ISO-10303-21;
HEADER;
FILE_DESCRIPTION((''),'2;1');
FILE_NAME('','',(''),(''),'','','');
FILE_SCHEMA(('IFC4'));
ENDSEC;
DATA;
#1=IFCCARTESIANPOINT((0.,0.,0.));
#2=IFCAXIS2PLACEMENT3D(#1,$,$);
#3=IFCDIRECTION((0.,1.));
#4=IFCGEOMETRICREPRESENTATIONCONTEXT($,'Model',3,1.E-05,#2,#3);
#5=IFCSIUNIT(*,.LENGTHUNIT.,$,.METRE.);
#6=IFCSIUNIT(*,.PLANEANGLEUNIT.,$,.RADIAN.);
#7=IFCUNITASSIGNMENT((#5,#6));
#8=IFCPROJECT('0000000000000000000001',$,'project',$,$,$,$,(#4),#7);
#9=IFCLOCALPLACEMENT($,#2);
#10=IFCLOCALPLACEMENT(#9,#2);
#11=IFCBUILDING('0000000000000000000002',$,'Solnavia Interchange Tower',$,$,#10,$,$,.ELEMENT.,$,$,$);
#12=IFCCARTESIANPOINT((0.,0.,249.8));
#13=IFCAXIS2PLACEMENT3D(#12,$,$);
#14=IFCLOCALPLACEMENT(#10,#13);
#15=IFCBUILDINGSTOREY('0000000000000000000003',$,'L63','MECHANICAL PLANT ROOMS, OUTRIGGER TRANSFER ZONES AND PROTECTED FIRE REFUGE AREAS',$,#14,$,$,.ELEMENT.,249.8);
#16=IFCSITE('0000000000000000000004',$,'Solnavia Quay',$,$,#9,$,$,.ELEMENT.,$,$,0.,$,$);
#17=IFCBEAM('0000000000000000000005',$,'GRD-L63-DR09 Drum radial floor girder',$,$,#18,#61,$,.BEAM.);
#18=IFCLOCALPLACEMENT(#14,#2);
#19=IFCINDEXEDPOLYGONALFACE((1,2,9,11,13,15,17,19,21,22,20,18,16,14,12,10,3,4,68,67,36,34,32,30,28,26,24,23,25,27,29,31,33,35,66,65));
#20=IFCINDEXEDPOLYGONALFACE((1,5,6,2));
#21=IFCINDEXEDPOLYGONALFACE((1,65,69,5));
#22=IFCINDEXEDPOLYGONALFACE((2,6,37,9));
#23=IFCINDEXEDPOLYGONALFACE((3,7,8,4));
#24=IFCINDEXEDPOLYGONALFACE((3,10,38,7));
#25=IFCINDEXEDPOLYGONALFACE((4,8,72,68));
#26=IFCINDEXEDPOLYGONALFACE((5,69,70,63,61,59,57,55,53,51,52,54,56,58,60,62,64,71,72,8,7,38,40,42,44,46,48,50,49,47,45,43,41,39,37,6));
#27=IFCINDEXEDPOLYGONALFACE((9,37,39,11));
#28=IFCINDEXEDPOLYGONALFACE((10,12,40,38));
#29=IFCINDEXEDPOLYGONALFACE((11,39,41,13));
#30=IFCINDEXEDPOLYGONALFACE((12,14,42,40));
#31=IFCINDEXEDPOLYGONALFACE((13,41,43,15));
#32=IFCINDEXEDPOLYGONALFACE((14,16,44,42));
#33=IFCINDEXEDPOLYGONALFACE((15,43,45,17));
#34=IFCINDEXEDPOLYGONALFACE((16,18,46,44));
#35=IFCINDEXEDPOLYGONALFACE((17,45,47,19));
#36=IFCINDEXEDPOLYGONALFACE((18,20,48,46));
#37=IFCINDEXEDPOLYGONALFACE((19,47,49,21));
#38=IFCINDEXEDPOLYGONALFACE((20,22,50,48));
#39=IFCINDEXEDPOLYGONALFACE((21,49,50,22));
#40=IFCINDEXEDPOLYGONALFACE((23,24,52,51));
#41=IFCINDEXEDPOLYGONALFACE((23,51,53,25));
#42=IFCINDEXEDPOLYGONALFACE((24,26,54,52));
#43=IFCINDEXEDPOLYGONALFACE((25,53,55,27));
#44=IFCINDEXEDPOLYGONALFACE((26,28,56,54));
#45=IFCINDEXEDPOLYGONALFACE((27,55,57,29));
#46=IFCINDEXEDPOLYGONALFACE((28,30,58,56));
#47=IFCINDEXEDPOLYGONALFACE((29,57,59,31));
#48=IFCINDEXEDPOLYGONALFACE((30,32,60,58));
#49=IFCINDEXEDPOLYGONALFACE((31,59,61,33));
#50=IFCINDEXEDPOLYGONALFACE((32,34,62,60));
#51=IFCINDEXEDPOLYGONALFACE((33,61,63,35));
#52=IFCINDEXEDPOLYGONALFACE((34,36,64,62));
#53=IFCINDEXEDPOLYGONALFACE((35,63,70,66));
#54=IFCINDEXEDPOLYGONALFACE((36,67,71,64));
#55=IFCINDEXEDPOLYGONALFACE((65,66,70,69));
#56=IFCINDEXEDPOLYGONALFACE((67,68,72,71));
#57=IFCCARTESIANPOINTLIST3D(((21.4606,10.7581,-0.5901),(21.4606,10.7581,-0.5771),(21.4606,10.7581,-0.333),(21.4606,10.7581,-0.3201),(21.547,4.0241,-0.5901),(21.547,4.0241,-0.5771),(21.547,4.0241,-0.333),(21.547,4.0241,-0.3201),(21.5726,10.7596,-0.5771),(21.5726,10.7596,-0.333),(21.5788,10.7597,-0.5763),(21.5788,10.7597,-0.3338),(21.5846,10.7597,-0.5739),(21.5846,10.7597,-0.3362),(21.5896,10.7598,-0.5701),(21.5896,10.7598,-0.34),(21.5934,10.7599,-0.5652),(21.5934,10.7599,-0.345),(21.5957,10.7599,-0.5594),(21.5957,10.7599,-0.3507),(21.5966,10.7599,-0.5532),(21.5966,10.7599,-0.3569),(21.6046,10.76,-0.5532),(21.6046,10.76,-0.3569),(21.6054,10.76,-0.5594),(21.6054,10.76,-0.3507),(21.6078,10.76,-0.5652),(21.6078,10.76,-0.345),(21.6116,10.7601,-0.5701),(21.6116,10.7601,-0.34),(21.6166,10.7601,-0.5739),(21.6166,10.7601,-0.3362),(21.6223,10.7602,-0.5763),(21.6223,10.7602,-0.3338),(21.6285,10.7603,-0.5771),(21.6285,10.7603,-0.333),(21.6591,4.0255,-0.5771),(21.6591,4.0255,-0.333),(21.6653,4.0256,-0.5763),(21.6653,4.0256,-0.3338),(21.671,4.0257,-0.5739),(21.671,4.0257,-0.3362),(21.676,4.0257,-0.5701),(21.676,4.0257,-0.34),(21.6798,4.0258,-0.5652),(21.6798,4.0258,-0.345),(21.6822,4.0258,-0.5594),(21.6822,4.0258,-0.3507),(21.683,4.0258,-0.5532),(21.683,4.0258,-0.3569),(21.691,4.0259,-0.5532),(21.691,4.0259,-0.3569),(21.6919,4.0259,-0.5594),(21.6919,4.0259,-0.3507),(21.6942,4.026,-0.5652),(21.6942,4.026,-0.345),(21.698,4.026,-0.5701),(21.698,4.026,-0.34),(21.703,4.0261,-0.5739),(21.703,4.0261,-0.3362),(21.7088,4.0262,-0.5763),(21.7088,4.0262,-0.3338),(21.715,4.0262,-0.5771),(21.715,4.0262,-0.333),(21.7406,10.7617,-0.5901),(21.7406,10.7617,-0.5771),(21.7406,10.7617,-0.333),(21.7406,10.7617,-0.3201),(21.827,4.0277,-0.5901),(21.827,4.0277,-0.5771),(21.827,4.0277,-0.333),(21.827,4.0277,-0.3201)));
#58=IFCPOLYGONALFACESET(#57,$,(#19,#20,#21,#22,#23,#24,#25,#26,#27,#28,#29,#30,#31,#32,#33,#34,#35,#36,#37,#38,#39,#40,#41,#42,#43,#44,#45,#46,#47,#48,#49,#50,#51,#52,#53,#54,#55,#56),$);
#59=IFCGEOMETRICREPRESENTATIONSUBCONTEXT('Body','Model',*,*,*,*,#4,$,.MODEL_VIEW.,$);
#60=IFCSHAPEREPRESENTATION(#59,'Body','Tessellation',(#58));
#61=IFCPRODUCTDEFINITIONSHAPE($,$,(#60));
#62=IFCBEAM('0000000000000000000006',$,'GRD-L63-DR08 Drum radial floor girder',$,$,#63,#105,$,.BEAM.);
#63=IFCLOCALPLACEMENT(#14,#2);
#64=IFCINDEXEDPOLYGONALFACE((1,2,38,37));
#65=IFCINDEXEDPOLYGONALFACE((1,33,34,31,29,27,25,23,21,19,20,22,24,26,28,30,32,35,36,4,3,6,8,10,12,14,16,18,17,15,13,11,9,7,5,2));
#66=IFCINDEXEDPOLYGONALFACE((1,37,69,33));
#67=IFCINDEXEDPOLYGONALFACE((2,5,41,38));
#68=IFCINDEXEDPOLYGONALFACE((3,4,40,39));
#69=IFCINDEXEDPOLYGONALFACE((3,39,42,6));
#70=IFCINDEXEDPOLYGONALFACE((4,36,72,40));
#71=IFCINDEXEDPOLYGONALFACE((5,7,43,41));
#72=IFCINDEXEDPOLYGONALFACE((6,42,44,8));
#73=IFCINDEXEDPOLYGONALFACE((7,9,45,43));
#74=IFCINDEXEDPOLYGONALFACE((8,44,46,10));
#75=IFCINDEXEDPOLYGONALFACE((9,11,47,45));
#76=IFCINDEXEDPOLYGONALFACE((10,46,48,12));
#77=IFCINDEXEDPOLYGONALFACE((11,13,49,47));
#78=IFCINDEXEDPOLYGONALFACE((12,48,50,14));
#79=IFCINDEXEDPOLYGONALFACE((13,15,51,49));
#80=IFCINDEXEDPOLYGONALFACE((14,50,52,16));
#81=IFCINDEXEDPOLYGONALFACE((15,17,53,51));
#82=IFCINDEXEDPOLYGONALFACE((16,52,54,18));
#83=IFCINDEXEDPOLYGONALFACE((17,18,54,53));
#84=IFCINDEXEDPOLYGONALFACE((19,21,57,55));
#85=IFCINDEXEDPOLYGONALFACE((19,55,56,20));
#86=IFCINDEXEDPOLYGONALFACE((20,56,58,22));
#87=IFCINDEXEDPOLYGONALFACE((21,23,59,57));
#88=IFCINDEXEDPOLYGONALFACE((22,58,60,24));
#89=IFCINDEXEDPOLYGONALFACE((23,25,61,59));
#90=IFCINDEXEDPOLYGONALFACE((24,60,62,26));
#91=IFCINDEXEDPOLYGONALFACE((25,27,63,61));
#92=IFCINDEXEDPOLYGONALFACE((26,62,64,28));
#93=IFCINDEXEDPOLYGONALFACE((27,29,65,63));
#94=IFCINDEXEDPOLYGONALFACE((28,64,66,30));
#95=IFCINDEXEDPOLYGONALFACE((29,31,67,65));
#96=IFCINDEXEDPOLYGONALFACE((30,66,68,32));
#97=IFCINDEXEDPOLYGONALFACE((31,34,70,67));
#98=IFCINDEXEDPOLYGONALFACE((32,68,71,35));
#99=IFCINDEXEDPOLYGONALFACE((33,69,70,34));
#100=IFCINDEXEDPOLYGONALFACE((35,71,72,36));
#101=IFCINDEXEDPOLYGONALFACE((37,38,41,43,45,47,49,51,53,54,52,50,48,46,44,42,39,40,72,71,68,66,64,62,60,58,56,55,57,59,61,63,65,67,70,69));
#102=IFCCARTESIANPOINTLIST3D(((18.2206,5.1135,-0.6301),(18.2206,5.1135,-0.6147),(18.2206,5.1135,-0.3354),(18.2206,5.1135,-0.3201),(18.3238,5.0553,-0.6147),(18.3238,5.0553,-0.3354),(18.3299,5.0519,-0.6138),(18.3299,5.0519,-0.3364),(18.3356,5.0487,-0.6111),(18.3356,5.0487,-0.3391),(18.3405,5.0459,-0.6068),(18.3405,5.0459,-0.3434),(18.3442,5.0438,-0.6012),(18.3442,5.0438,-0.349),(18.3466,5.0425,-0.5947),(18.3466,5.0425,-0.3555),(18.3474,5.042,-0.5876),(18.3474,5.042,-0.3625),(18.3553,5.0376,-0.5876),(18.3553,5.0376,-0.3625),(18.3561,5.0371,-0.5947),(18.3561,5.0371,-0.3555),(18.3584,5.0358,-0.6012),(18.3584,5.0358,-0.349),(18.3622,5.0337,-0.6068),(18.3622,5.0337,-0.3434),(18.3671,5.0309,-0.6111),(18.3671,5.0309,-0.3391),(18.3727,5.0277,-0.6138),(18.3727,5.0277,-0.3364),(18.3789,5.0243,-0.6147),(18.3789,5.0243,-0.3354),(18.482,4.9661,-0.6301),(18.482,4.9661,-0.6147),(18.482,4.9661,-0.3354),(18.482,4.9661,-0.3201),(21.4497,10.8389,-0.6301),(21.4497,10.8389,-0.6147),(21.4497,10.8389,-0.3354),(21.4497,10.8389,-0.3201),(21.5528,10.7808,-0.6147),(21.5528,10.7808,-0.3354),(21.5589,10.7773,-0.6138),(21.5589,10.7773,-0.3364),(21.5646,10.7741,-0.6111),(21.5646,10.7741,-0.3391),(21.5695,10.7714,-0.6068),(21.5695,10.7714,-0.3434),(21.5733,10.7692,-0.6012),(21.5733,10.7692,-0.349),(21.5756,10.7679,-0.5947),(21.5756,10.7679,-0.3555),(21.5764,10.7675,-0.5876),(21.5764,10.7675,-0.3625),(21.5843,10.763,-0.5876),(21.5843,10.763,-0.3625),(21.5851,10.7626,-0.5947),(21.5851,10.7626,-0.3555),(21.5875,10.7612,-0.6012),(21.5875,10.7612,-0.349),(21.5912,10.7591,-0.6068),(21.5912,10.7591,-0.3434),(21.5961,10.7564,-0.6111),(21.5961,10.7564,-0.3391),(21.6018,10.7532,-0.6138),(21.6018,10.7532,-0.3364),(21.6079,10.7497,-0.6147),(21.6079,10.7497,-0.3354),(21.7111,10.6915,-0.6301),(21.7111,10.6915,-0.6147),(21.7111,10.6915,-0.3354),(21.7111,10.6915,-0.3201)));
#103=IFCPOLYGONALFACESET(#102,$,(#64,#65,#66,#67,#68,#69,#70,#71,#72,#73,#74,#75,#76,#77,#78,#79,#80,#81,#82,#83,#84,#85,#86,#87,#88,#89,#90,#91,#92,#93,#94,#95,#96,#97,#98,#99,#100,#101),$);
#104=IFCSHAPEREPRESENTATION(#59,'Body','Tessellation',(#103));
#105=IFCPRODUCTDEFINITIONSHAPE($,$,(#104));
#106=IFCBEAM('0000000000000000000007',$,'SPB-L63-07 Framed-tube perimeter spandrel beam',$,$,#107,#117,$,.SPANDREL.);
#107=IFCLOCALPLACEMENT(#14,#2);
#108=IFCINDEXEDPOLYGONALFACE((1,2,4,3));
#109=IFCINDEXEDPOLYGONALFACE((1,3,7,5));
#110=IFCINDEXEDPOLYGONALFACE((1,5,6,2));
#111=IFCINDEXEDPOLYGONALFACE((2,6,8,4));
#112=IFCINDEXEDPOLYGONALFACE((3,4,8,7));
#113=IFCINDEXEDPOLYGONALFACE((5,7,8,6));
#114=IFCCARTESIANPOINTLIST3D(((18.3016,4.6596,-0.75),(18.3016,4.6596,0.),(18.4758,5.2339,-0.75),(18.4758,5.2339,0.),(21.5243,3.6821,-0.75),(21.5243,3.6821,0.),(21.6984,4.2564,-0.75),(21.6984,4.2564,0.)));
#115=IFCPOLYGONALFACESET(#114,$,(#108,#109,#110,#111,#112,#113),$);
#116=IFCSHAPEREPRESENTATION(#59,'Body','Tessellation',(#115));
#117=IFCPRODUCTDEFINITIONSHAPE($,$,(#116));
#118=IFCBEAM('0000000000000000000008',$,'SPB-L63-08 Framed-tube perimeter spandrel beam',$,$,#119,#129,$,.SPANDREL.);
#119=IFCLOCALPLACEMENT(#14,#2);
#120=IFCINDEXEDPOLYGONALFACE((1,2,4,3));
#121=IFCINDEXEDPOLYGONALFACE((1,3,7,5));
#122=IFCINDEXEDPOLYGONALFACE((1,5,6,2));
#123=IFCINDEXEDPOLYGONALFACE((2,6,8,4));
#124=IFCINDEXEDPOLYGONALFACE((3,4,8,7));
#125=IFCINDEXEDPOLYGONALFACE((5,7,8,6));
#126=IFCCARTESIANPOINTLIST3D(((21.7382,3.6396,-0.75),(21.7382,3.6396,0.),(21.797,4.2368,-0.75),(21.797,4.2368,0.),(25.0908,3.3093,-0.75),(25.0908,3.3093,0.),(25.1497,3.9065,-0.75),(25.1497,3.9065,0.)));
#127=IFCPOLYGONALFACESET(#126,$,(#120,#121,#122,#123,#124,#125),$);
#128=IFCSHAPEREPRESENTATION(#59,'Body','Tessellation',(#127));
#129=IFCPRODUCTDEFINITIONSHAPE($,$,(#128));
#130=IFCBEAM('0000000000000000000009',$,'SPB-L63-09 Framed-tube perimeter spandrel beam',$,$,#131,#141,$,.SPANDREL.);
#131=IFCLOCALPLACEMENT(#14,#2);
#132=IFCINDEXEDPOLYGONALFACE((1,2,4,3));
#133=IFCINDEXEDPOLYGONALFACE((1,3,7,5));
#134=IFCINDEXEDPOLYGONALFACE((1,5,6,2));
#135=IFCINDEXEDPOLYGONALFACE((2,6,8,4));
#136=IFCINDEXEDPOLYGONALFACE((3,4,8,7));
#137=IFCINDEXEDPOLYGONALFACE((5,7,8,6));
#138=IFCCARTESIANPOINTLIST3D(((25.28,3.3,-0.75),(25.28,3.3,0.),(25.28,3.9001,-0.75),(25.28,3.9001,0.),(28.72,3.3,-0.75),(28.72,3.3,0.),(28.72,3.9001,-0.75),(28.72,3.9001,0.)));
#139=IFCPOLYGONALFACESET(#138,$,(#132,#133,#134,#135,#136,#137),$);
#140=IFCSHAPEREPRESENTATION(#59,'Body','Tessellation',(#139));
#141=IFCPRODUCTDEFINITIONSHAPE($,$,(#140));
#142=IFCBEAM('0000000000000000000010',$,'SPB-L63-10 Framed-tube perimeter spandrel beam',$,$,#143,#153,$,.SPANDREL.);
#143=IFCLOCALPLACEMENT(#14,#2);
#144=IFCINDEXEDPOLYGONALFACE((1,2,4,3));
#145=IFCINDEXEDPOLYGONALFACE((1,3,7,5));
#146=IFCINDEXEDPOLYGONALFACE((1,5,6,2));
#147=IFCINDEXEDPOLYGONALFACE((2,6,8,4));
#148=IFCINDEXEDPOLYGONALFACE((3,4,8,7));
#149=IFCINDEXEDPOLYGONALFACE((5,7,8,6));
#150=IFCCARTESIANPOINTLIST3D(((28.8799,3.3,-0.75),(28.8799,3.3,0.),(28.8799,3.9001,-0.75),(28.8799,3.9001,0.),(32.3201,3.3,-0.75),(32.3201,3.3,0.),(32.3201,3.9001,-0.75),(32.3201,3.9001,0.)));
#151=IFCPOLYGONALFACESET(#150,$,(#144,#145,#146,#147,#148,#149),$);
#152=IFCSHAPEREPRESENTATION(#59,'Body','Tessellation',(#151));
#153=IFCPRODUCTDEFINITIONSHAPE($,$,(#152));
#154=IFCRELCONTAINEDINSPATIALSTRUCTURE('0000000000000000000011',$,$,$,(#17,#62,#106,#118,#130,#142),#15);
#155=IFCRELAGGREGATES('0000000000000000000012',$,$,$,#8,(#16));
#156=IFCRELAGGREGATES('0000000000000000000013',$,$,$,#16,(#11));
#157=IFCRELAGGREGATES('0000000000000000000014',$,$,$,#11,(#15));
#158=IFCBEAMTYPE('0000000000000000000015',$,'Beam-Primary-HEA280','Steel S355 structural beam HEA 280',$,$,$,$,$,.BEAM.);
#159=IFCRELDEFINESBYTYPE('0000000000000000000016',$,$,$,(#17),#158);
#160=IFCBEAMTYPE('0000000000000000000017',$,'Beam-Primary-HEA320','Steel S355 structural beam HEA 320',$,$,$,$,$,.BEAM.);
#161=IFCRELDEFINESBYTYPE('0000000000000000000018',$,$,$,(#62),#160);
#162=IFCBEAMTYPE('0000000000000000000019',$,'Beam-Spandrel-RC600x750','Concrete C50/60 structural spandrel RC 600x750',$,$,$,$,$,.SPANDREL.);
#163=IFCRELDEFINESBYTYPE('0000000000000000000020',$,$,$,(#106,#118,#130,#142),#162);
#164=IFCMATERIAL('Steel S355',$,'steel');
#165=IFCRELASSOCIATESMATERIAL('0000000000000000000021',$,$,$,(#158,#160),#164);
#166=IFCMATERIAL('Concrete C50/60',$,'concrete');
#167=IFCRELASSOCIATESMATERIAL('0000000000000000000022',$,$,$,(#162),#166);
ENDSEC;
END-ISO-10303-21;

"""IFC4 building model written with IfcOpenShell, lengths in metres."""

from ifc_helpers import new_model, si_unit, direction, frame, origin, origin_2d, place, context, subcontext, project, spatial, rectangle, i_section, extrude, material, material_profile, profile_set, type_object, element, save


model = new_model("IFC4")

# Units and contexts
model_context = context("Model", 3, precision=1e-05, world=origin(), true_north=direction((0.0, 1.0)))
body_context = subcontext(model_context, "Body", "Model", "MODEL_VIEW")
ifc_project = project(units=[si_unit("LENGTHUNIT", "METRE"), si_unit("PLANEANGLEUNIT", "RADIAN")], contexts=[model_context])

# Site, building, storey
site_placement = place(None, origin())
site = spatial("IfcSite", under=ifc_project, at=site_placement, Name="Solnavia Quay", CompositionType="ELEMENT", RefElevation=0.0)
building_placement = place(site_placement, origin())
building = spatial("IfcBuilding", under=site, at=building_placement, Name="Solnavia Interchange Tower", CompositionType="ELEMENT")
storey_placement = place(building_placement, frame((0.0, 0.0, 249.8)))
storey = spatial("IfcBuildingStorey", under=building, at=storey_placement, Name="L63", Description="MECHANICAL PLANT ROOMS, OUTRIGGER TRANSFER ZONES AND PROTECTED FIRE REFUGE AREAS", CompositionType="ELEMENT", Elevation=249.8)

# Shared definitions
ifc_material_1 = material(Name="Concrete C50/60", Category="concrete")

# Beams
ifc_material_2 = material(Name="Steel S355", Category="steel")
ifc_material_profile_1 = material_profile(ifc_material_2, i_section(OverallWidth=0.28, OverallDepth=0.27, WebThickness=0.0081, FlangeThickness=0.0129, FilletRadius=0.0239, at=origin_2d()), Name="HEA 280")
ifc_profile_set_1 = profile_set([ifc_material_profile_1], Name="Steel S355")
beam_type_1 = type_object("IfcBeamType", Name="Beam-Primary-HEA280", Description="Steel S355 structural beam HEA 280", PredefinedType="BEAM", material=ifc_profile_set_1)
beam_1_placement = place(storey_placement, frame((21.687, 4.0259, -0.4551), z_axis=(-0.012833, 0.999918, 0.0), x_axis=(-0.999918, -0.012833, 0.0)))
element("IfcBeam", 1, at=beam_1_placement, inside=storey, type_object=beam_type_1, Name="GRD-L63-DR09 Drum radial floor girder", PredefinedType="BEAM", context=body_context, shape_type="SweptSolid", body=[
    extrude(i_section(OverallWidth=0.28, OverallDepth=0.27, WebThickness=0.0081, FlangeThickness=0.0129, FilletRadius=0.0239, at=origin_2d()), origin(), (0.0, 0.0, 1.0), 6.7346),
])
ifc_material_profile_2 = material_profile(ifc_material_2, i_section(OverallWidth=0.3, OverallDepth=0.3101, WebThickness=0.009, FlangeThickness=0.0154, FilletRadius=0.0271, at=origin_2d()), Name="HEA 320")
ifc_profile_set_2 = profile_set([ifc_material_profile_2], Name="Steel S355")
beam_type_2 = type_object("IfcBeamType", Name="Beam-Primary-HEA320", Description="Steel S355 structural beam HEA 320", PredefinedType="BEAM", material=ifc_profile_set_2)
beam_2_placement = place(storey_placement, frame((18.3513, 5.0398, -0.4751), z_axis=(0.491243, 0.871022, 0.0), x_axis=(-0.871022, 0.491243, 0.0)))
element("IfcBeam", 2, at=beam_2_placement, inside=storey, type_object=beam_type_2, Name="GRD-L63-DR08 Drum radial floor girder", PredefinedType="BEAM", context=body_context, shape_type="SweptSolid", body=[
    extrude(i_section(OverallWidth=0.3, OverallDepth=0.3101, WebThickness=0.009, FlangeThickness=0.0154, FilletRadius=0.0271, at=origin_2d()), origin(), (0.0, 0.0, 1.0), 6.5732),
])
ifc_material_profile_3 = material_profile(ifc_material_1, rectangle(XDim=0.6001, YDim=0.75, at=origin_2d()), Name="RC 600x750")
ifc_profile_set_3 = profile_set([ifc_material_profile_3], Name="Concrete C50/60")
beam_type_3 = type_object("IfcBeamType", Name="Beam-Spandrel-RC600x750", Description="Concrete C50/60 structural spandrel RC 600x750", PredefinedType="SPANDREL", material=ifc_profile_set_3)
beam_3_placement = place(storey_placement, frame((18.3887, 4.9468, -0.375), z_axis=(0.956944, -0.290273, 0.0), x_axis=(0.290273, 0.956944, 0.0)))
element("IfcBeam", 3, at=beam_3_placement, inside=storey, type_object=beam_type_3, Name="SPB-L63-07 Framed-tube perimeter spandrel beam", PredefinedType="SPANDREL", context=body_context, shape_type="SweptSolid", body=[
    extrude(rectangle(XDim=0.6001, YDim=0.75, at=origin_2d()), origin(), (0.0, 0.0, 1.0), 3.3677),
])
beam_4_placement = place(storey_placement, frame((21.7676, 3.9382, -0.375), z_axis=(0.995182, -0.098047, 0.0), x_axis=(0.098047, 0.995182, 0.0)))
element("IfcBeam", 4, at=beam_4_placement, inside=storey, type_object=beam_type_3, Name="SPB-L63-08 Framed-tube perimeter spandrel beam", PredefinedType="SPANDREL", context=body_context, shape_type="SweptSolid", body=[
    extrude(rectangle(XDim=0.6001, YDim=0.75, at=origin_2d()), origin(), (0.0, 0.0, 1.0), 3.3689),
])
beam_5_placement = place(storey_placement, frame((25.28, 3.6001, -0.375), z_axis=(1.0, 0.0, 0.0), x_axis=(0.0, 1.0, 0.0)))
element("IfcBeam", 5, at=beam_5_placement, inside=storey, type_object=beam_type_3, Name="SPB-L63-09 Framed-tube perimeter spandrel beam", PredefinedType="SPANDREL", context=body_context, shape_type="SweptSolid", body=[
    extrude(rectangle(XDim=0.6001, YDim=0.75, at=origin_2d()), origin(), (0.0, 0.0, 1.0), 3.4399),
])
beam_6_placement = place(storey_placement, frame((28.8799, 3.6001, -0.375), z_axis=(1.0, 0.0, 0.0), x_axis=(0.0, 1.0, 0.0)))
element("IfcBeam", 6, at=beam_6_placement, inside=storey, type_object=beam_type_3, Name="SPB-L63-10 Framed-tube perimeter spandrel beam", PredefinedType="SPANDREL", context=body_context, shape_type="SweptSolid", body=[
    extrude(rectangle(XDim=0.6001, YDim=0.75, at=origin_2d()), origin(), (0.0, 0.0, 1.0), 3.4402),
])

save(model, "model.ifc")
